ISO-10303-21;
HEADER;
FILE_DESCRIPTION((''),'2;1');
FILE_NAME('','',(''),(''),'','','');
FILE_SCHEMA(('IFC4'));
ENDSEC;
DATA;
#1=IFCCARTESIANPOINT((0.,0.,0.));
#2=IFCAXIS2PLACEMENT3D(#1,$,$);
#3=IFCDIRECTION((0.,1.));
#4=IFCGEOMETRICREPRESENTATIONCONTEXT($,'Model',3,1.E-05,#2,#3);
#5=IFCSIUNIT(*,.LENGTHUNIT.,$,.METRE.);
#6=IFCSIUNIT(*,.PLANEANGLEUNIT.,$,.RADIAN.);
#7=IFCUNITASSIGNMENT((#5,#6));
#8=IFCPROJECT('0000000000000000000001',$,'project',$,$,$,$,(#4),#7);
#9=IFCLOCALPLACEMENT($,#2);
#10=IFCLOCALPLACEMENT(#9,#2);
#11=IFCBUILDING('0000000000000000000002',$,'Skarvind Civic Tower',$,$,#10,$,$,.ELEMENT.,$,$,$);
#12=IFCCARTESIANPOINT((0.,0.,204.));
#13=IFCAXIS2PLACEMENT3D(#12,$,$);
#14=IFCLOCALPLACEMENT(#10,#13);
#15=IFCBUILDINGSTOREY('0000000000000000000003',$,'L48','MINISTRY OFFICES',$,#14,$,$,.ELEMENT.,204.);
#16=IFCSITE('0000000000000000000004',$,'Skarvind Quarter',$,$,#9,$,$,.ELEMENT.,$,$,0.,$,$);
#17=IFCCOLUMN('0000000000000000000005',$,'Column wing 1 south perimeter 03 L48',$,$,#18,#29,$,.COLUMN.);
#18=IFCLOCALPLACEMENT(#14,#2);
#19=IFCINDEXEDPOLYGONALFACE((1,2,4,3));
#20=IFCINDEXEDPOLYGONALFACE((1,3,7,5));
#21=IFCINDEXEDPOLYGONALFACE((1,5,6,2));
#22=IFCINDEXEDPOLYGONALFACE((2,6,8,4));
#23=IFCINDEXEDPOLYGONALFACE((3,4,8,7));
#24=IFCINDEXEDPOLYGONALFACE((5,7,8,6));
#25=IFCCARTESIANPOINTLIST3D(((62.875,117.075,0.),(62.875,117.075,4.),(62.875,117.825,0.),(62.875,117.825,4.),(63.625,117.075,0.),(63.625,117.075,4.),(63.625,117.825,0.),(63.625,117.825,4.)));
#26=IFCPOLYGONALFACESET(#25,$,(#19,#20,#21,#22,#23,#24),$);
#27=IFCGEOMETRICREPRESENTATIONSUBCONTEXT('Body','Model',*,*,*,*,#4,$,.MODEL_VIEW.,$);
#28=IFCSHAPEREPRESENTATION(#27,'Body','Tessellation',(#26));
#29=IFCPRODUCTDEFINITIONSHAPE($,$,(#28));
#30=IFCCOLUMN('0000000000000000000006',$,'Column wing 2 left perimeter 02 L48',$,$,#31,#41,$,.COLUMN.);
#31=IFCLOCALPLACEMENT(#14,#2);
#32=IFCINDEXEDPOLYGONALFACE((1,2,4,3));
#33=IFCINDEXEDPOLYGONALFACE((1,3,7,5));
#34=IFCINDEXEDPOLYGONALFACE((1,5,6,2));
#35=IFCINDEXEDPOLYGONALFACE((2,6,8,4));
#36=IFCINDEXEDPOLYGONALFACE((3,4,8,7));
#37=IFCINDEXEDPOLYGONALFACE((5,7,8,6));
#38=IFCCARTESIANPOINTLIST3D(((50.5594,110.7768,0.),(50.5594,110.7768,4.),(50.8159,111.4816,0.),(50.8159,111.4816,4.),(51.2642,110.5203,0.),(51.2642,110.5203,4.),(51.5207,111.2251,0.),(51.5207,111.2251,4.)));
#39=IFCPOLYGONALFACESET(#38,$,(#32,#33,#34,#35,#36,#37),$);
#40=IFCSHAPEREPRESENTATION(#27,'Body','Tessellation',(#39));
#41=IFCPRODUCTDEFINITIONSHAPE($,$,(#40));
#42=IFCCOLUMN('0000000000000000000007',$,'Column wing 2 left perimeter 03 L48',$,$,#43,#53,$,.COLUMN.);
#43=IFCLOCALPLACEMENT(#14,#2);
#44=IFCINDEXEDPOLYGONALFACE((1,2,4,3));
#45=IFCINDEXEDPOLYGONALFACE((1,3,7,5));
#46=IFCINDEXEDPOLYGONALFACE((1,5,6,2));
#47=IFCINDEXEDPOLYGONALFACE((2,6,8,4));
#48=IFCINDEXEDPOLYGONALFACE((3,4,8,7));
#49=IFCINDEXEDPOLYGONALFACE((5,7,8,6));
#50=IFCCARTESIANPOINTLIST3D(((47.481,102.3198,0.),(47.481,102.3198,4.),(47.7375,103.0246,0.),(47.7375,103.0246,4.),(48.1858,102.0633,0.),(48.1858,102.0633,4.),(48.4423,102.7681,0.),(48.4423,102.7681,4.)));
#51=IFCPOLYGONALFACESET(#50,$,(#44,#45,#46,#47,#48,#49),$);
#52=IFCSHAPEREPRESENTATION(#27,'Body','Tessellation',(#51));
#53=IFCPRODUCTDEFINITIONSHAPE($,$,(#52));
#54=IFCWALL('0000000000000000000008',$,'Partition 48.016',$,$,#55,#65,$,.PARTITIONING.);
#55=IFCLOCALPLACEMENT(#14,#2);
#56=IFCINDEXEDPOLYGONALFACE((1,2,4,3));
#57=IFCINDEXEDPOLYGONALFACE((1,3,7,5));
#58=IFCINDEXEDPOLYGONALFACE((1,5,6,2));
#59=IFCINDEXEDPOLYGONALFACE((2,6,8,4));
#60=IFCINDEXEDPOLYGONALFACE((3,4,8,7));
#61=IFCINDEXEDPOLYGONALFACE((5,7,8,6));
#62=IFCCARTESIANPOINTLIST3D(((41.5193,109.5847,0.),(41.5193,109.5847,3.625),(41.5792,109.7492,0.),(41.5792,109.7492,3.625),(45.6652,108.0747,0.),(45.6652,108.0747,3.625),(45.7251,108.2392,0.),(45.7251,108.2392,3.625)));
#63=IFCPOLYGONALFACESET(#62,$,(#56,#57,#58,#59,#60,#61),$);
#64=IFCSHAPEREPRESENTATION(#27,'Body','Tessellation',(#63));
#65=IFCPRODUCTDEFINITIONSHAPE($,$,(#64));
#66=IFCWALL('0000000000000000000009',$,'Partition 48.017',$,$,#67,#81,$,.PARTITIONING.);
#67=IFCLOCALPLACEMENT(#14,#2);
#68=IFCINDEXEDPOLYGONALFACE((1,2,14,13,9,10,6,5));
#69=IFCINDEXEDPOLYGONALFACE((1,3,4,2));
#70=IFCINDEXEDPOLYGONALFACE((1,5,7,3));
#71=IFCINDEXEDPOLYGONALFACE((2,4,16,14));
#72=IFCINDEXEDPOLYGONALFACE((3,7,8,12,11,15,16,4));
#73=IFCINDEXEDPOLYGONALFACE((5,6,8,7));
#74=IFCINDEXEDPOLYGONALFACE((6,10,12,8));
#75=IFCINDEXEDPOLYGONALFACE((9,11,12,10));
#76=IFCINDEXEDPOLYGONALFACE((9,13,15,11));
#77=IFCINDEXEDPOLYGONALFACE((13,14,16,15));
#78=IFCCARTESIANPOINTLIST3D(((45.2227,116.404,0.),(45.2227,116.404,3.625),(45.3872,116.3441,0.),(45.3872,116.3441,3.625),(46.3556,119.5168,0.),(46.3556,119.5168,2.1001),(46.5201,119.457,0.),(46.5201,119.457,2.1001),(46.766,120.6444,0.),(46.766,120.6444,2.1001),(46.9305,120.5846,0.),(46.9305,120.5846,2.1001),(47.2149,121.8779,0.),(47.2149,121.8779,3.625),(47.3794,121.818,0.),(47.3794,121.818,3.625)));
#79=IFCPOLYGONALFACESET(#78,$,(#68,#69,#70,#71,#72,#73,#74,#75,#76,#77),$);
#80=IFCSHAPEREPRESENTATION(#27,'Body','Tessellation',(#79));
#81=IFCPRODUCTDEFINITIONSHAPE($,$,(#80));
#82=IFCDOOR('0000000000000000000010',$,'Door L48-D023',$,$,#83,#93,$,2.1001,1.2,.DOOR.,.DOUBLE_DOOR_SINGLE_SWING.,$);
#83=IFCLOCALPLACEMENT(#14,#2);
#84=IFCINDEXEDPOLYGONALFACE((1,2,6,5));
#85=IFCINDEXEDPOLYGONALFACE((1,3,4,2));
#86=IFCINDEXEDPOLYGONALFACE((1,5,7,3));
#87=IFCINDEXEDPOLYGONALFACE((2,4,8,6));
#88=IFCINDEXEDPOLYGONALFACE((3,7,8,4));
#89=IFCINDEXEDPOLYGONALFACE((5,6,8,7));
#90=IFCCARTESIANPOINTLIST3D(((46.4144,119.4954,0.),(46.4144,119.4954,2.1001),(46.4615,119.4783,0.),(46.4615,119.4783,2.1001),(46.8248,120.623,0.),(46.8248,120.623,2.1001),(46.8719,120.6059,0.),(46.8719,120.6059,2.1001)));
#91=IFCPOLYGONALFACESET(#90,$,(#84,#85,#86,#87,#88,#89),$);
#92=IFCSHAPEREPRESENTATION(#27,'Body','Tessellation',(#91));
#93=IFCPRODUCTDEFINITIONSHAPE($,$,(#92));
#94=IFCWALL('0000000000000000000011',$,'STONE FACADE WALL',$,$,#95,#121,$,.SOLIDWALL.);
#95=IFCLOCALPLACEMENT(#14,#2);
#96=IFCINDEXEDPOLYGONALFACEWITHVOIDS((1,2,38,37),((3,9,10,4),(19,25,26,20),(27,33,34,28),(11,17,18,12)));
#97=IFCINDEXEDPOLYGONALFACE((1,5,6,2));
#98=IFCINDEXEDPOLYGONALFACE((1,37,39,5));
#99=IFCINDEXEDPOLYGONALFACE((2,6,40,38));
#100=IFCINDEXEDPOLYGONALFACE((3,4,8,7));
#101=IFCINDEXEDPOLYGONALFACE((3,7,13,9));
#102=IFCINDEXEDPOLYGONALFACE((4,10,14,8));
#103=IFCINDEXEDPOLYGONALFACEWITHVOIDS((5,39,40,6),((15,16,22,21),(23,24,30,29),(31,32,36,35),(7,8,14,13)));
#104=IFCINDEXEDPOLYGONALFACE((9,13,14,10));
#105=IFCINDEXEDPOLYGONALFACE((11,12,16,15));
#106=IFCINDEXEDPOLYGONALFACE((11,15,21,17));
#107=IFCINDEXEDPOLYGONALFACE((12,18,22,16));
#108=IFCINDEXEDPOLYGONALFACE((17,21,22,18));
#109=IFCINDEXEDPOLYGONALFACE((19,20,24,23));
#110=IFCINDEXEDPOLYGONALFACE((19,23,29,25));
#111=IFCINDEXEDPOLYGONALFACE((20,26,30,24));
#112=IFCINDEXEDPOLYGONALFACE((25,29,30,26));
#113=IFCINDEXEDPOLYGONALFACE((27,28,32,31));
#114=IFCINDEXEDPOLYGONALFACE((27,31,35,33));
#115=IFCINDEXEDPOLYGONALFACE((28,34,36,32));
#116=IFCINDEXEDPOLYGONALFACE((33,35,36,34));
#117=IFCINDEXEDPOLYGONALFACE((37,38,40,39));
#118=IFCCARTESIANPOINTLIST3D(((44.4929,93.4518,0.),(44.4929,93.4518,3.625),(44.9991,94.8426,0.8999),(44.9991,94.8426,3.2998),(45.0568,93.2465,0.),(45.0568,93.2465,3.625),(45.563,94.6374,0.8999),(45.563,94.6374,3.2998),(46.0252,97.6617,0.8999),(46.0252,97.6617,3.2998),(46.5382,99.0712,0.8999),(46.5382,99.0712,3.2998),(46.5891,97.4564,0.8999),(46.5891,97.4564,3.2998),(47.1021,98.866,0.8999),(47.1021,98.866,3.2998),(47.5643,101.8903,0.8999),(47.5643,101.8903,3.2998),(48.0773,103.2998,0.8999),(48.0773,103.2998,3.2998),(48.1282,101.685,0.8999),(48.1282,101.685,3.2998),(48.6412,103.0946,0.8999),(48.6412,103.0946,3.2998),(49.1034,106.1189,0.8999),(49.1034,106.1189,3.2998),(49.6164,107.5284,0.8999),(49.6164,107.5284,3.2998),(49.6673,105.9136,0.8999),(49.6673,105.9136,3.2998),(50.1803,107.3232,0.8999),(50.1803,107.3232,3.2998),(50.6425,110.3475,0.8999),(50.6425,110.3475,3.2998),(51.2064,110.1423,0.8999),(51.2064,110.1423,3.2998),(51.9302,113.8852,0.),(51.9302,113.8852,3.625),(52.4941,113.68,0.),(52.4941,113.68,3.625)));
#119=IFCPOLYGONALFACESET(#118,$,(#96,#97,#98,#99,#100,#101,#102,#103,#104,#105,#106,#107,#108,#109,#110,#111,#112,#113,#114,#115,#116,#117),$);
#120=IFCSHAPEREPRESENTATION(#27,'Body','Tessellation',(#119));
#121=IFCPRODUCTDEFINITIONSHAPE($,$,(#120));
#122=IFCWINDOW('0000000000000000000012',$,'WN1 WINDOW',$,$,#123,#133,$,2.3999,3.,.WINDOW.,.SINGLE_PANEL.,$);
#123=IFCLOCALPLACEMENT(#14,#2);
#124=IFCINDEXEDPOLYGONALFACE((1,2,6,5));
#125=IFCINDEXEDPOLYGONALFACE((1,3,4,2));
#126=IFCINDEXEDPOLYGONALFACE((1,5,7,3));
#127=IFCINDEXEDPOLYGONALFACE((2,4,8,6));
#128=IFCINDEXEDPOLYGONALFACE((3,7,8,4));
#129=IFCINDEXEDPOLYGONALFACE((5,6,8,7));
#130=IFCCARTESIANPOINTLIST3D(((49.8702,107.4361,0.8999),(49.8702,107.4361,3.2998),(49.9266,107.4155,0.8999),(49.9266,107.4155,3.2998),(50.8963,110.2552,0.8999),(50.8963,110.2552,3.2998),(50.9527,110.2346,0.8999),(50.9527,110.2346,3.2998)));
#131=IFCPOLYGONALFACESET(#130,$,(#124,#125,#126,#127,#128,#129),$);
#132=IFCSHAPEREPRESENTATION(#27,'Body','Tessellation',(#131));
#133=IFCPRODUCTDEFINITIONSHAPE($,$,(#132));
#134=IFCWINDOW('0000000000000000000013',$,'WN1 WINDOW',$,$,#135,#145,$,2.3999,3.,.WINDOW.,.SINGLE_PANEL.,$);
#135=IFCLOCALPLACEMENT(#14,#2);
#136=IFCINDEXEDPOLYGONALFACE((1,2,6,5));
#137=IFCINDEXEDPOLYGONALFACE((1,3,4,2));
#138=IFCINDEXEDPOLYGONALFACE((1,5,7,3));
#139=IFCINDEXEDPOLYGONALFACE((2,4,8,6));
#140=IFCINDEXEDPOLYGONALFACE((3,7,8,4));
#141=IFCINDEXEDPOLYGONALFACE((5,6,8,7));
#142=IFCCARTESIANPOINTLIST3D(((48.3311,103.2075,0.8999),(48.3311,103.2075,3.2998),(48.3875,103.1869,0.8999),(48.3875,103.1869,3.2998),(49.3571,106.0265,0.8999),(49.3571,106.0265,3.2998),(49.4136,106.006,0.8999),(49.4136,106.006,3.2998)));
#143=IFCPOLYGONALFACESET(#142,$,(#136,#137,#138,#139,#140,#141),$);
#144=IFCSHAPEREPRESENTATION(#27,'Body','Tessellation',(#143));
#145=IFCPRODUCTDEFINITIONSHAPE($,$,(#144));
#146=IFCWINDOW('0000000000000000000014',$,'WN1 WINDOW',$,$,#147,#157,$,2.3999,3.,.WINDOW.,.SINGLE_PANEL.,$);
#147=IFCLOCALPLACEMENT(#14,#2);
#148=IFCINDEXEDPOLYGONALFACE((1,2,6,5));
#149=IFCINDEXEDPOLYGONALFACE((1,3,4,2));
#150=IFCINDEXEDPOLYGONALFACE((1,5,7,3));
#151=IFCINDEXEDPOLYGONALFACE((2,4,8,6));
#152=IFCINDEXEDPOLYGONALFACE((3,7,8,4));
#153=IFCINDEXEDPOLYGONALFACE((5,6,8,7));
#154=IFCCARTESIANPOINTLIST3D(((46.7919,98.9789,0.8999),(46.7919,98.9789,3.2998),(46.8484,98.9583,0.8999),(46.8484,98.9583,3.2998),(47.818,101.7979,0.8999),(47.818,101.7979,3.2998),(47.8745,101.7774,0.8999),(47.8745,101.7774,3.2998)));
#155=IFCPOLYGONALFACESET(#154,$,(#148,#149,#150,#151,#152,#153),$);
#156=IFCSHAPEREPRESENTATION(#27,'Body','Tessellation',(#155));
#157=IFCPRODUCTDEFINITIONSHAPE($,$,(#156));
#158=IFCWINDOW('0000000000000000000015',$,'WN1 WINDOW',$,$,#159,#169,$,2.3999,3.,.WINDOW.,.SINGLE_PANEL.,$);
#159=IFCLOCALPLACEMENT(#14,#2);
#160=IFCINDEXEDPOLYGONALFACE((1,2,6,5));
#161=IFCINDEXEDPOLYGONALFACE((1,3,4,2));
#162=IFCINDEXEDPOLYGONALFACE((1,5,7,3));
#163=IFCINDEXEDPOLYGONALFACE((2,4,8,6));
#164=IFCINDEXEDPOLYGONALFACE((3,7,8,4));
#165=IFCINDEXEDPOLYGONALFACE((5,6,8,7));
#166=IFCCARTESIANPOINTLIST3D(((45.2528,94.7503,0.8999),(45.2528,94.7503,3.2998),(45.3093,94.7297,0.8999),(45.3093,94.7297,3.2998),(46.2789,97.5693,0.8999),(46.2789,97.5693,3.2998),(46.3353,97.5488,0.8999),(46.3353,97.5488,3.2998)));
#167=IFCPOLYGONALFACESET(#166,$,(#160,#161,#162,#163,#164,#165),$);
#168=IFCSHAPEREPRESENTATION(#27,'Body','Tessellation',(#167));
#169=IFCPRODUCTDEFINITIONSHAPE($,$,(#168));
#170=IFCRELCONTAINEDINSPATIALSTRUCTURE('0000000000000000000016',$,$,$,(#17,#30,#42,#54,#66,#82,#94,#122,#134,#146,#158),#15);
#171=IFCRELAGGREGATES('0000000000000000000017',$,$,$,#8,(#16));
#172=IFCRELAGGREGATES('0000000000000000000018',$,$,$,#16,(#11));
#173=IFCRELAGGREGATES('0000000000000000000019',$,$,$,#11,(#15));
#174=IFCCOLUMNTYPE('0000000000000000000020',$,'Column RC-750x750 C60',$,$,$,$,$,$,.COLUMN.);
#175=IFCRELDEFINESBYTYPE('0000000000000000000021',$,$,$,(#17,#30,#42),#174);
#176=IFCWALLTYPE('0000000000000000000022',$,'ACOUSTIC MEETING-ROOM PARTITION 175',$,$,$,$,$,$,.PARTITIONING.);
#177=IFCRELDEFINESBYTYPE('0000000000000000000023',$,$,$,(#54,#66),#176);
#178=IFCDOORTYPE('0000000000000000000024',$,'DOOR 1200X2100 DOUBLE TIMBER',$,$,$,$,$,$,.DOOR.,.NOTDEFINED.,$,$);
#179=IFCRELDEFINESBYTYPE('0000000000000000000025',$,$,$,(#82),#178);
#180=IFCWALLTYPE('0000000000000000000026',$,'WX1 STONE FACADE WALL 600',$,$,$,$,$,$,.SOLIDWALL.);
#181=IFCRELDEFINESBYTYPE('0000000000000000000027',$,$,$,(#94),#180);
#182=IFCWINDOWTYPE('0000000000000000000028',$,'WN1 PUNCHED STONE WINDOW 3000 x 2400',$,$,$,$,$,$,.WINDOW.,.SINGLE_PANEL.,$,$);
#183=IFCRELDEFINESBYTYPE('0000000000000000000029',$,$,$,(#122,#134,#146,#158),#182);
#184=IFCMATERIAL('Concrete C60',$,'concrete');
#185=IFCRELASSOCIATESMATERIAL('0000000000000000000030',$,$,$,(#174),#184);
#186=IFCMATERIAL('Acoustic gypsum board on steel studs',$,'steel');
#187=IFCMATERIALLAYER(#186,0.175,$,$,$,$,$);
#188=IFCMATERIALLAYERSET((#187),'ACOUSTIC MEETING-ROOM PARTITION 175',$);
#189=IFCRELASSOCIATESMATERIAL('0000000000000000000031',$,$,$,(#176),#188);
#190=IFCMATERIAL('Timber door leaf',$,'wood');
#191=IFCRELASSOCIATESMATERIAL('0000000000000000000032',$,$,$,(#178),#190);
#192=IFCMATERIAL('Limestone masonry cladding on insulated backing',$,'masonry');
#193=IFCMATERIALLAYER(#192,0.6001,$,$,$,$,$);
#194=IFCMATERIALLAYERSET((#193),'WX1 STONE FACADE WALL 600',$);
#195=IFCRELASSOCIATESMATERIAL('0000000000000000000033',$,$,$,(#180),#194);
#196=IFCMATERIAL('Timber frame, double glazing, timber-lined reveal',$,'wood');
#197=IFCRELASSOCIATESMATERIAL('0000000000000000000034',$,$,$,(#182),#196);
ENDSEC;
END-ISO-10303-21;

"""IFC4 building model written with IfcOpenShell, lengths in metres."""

from ifc_helpers import new_model, si_unit, direction, frame, frame_2d, origin, origin_2d, place, context, subcontext, project, spatial, rectangle, extrude, material, layer, layer_set, material_profile, profile_set, type_object, element, fill, save


model = new_model("IFC4")

# Units and contexts
model_context = context("Model", 3, precision=1e-05, world=origin(), true_north=direction((0.0, 1.0)))
body_context = subcontext(model_context, "Body", "Model", "MODEL_VIEW")
ifc_project = project(units=[si_unit("LENGTHUNIT", "METRE"), si_unit("PLANEANGLEUNIT", "RADIAN")], contexts=[model_context])

# Site, building, storey
site_placement = place(None, origin())
site = spatial("IfcSite", under=ifc_project, at=site_placement, Name="Skarvind Quarter", CompositionType="ELEMENT", RefElevation=0.0)
building_placement = place(site_placement, origin())
building = spatial("IfcBuilding", under=site, at=building_placement, Name="Skarvind Civic Tower", CompositionType="ELEMENT")
storey_placement = place(building_placement, frame((0.0, 0.0, 204.0)))
storey = spatial("IfcBuildingStorey", under=building, at=storey_placement, Name="L48", Description="MINISTRY OFFICES", CompositionType="ELEMENT", Elevation=204.0)

# Columns
ifc_material_1 = material(Name="Concrete C60", Category="concrete")
ifc_material_profile_1 = material_profile(ifc_material_1, rectangle(XDim=0.75, YDim=0.75, at=origin_2d()), Name="RC-750x750")
ifc_profile_set_1 = profile_set([ifc_material_profile_1], Name="Concrete C60")
column_type = type_object("IfcColumnType", Name="Column RC-750x750 C60", PredefinedType="COLUMN", material=ifc_profile_set_1)
for number, where, z_axis, x_axis, name in (
    (1, (63.25, 117.45, 0.0), (0.0, 0.0, 1.0), (1.0, 0.0, 0.0), "Column wing 1 south perimeter 03 L48"),
    (2, (51.04, 111.001, 0.0), (0.0, 0.0, 1.0), (-0.34202, -0.939693, 0.0), "Column wing 2 left perimeter 02 L48"),
    (3, (47.9617, 102.5439, 0.0), (0.0, 0.0, 1.0), (-0.34202, -0.939693, 0.0), "Column wing 2 left perimeter 03 L48"),
):
    element("IfcColumn", number, at=place(storey_placement, frame(where, z_axis=z_axis, x_axis=x_axis)), inside=storey, type_object=column_type, Name=name, PredefinedType="COLUMN", context=body_context, shape_type="SweptSolid", body=[
        extrude(rectangle(XDim=0.75, YDim=0.75, at=origin_2d()), origin(), (0.0, 0.0, 1.0), 4.0),
    ])

# Wall
ifc_material_2 = material(Name="Acoustic gypsum board on steel studs", Category="steel")
ifc_layer_1 = layer(ifc_material_2, 0.175)
ifc_layer_set_1 = layer_set([ifc_layer_1], Name="ACOUSTIC MEETING-ROOM PARTITION 175")
wall_type_1 = type_object("IfcWallType", Name="ACOUSTIC MEETING-ROOM PARTITION 175", PredefinedType="PARTITIONING", material=ifc_layer_set_1)
wall_1_placement = place(storey_placement, frame((45.6951, 108.157, 0.0), z_axis=(0.0, 0.0, 1.0), x_axis=(-0.93962, 0.342218, 0.0)))
element("IfcWall", 4, at=wall_1_placement, inside=storey, type_object=wall_type_1, Name="Partition 48.016", PredefinedType="PARTITIONING", context=body_context, shape_type="SweptSolid", body=[
    extrude(rectangle(XDim=4.4124, YDim=0.175, at=frame_2d((2.2061, 0.0))), origin(), (0.0, 0.0, 1.0), 3.625),
])

# Wall, opening, door
wall_2_placement = place(storey_placement, frame((45.3049, 116.374, 0.0), z_axis=(0.0, 0.0, 1.0), x_axis=(0.341999, 0.9397, 0.0)))
wall_2 = element("IfcWall", 5, at=wall_2_placement, inside=storey, type_object=wall_type_1, Name="Partition 48.017", PredefinedType="PARTITIONING", context=body_context, shape_type="SweptSolid", body=[
    extrude(rectangle(XDim=5.8252, YDim=0.175, at=frame_2d((2.9126, 0.0))), origin(), (0.0, 0.0, 1.0), 3.625),
])
opening_1_placement = place(wall_2_placement, frame((3.3125, 0.0, 0.0)))
opening_1 = element("IfcOpeningElement", 6, at=opening_1_placement, cuts=wall_2, PredefinedType="OPENING", context=body_context, shape_type="SweptSolid", body=[
    extrude(rectangle(XDim=1.2, YDim=2.1001, at=frame_2d((0.6001, 1.05))), frame((0.0, 0.0974, 0.0), z_axis=(0.0, -1.0, 0.0), x_axis=(1.0, 0.0, 0.0)), (0.0, 0.0, 1.0), 0.1951),
])
ifc_material_3 = material(Name="Timber door leaf", Category="wood")
door_type = type_object("IfcDoorType", Name="DOOR 1200X2100 DOUBLE TIMBER", OperationType="NOTDEFINED", PredefinedType="DOOR", material=ifc_material_3)
door_placement = place(opening_1_placement, origin())
door = element("IfcDoor", 7, at=door_placement, inside=storey, type_object=door_type, Name="Door L48-D023", OperationType="DOUBLE_DOOR_SINGLE_SWING", OverallHeight=2.1001, OverallWidth=1.2, PredefinedType="DOOR", context=body_context, shape_type="SweptSolid", body=[
    extrude(rectangle(XDim=1.2, YDim=2.1001, at=frame_2d((0.6001, 1.05))), frame((0.0, 0.0249, 0.0), z_axis=(0.0, -1.0, 0.0), x_axis=(1.0, 0.0, 0.0)), (0.0, 0.0, 1.0), 0.05),
])
fill(opening_1, door)

# Wall, openings, windows
ifc_material_4 = material(Name="Limestone masonry cladding on insulated backing", Category="masonry")
ifc_layer_2 = layer(ifc_material_4, 0.6001)
ifc_layer_set_2 = layer_set([ifc_layer_2], Name="WX1 STONE FACADE WALL 600")
wall_type_2 = type_object("IfcWallType", Name="WX1 STONE FACADE WALL 600", PredefinedType="SOLIDWALL", material=ifc_layer_set_2)
wall_3_placement = place(storey_placement, frame((52.2122, 113.7827, 0.0), z_axis=(0.0, 0.0, 1.0), x_axis=(-0.342025, -0.939691, 0.0)))
wall_3 = element("IfcWall", 8, at=wall_3_placement, inside=storey, type_object=wall_type_2, Name="STONE FACADE WALL", PredefinedType="SOLIDWALL", context=body_context, shape_type="SweptSolid", body=[
    extrude(rectangle(XDim=21.7449, YDim=0.6001, at=frame_2d((10.8726, 0.0))), origin(), (0.0, 0.0, 1.0), 3.625),
])
opening_2_placement = place(wall_3_placement, frame((3.7649, 0.0, 0.8999)))
opening_2 = element("IfcOpeningElement", 9, at=opening_2_placement, cuts=wall_3, PredefinedType="OPENING", context=body_context, shape_type="SweptSolid", body=[
    extrude(rectangle(XDim=3.0, YDim=2.3999, at=frame_2d((1.5, 1.2))), frame((0.0, 0.3101, 0.0), z_axis=(0.0, -1.0, 0.0), x_axis=(1.0, 0.0, 0.0)), (0.0, 0.0, 1.0), 0.6201),
])
opening_3_placement = place(wall_3_placement, frame((8.2649, 0.0, 0.8999)))
opening_3 = element("IfcOpeningElement", 10, at=opening_3_placement, cuts=wall_3, PredefinedType="OPENING", context=body_context, shape_type="SweptSolid", body=[
    extrude(rectangle(XDim=3.0, YDim=2.3999, at=frame_2d((1.5, 1.2))), frame((0.0, 0.3101, 0.0), z_axis=(0.0, -1.0, 0.0), x_axis=(1.0, 0.0, 0.0)), (0.0, 0.0, 1.0), 0.6201),
])
opening_4_placement = place(wall_3_placement, frame((12.7649, 0.0, 0.8999)))
opening_4 = element("IfcOpeningElement", 11, at=opening_4_placement, cuts=wall_3, PredefinedType="OPENING", context=body_context, shape_type="SweptSolid", body=[
    extrude(rectangle(XDim=3.0, YDim=2.3999, at=frame_2d((1.5, 1.2))), frame((0.0, 0.3101, 0.0), z_axis=(0.0, -1.0, 0.0), x_axis=(1.0, 0.0, 0.0)), (0.0, 0.0, 1.0), 0.6201),
])
opening_5_placement = place(wall_3_placement, frame((17.2649, 0.0, 0.8999)))
opening_5 = element("IfcOpeningElement", 12, at=opening_5_placement, cuts=wall_3, PredefinedType="OPENING", context=body_context, shape_type="SweptSolid", body=[
    extrude(rectangle(XDim=3.0, YDim=2.3999, at=frame_2d((1.5, 1.2))), frame((0.0, 0.3101, 0.0), z_axis=(0.0, -1.0, 0.0), x_axis=(1.0, 0.0, 0.0)), (0.0, 0.0, 1.0), 0.6201),
])
ifc_material_5 = material(Name="Timber frame, double glazing, timber-lined reveal", Category="wood")
window_type = type_object("IfcWindowType", Name="WN1 PUNCHED STONE WINDOW 3000 x 2400", PartitioningType="SINGLE_PANEL", PredefinedType="WINDOW", material=ifc_material_5)
window_1_placement = place(opening_2_placement, origin())
window_1 = element("IfcWindow", 13, at=window_1_placement, inside=storey, type_object=window_type, Name="WN1 WINDOW", OverallHeight=2.3999, OverallWidth=3.0, PartitioningType="SINGLE_PANEL", PredefinedType="WINDOW", context=body_context, shape_type="SweptSolid", body=[
    extrude(rectangle(XDim=3.0, YDim=2.3999, at=frame_2d((1.5, 1.2))), frame((0.0, 0.03, 0.0), z_axis=(0.0, -1.0, 0.0), x_axis=(1.0, 0.0, 0.0)), (0.0, 0.0, 1.0), 0.0601),
])
fill(opening_2, window_1)
window_2_placement = place(opening_3_placement, origin())
window_2 = element("IfcWindow", 14, at=window_2_placement, inside=storey, type_object=window_type, Name="WN1 WINDOW", OverallHeight=2.3999, OverallWidth=3.0, PartitioningType="SINGLE_PANEL", PredefinedType="WINDOW", context=body_context, shape_type="SweptSolid", body=[
    extrude(rectangle(XDim=3.0, YDim=2.3999, at=frame_2d((1.5, 1.2))), frame((0.0, 0.03, 0.0), z_axis=(0.0, -1.0, 0.0), x_axis=(1.0, 0.0, 0.0)), (0.0, 0.0, 1.0), 0.0601),
])
fill(opening_3, window_2)
window_3_placement = place(opening_4_placement, origin())
window_3 = element("IfcWindow", 15, at=window_3_placement, inside=storey, type_object=window_type, Name="WN1 WINDOW", OverallHeight=2.3999, OverallWidth=3.0, PartitioningType="SINGLE_PANEL", PredefinedType="WINDOW", context=body_context, shape_type="SweptSolid", body=[
    extrude(rectangle(XDim=3.0, YDim=2.3999, at=frame_2d((1.5, 1.2))), frame((0.0, 0.03, 0.0), z_axis=(0.0, -1.0, 0.0), x_axis=(1.0, 0.0, 0.0)), (0.0, 0.0, 1.0), 0.0601),
])
fill(opening_4, window_3)
window_4_placement = place(opening_5_placement, origin())
window_4 = element("IfcWindow", 16, at=window_4_placement, inside=storey, type_object=window_type, Name="WN1 WINDOW", OverallHeight=2.3999, OverallWidth=3.0, PartitioningType="SINGLE_PANEL", PredefinedType="WINDOW", context=body_context, shape_type="SweptSolid", body=[
    extrude(rectangle(XDim=3.0, YDim=2.3999, at=frame_2d((1.5, 1.2))), frame((0.0, 0.03, 0.0), z_axis=(0.0, -1.0, 0.0), x_axis=(1.0, 0.0, 0.0)), (0.0, 0.0, 1.0), 0.0601),
])
fill(opening_5, window_4)

save(model, "model.ifc")
